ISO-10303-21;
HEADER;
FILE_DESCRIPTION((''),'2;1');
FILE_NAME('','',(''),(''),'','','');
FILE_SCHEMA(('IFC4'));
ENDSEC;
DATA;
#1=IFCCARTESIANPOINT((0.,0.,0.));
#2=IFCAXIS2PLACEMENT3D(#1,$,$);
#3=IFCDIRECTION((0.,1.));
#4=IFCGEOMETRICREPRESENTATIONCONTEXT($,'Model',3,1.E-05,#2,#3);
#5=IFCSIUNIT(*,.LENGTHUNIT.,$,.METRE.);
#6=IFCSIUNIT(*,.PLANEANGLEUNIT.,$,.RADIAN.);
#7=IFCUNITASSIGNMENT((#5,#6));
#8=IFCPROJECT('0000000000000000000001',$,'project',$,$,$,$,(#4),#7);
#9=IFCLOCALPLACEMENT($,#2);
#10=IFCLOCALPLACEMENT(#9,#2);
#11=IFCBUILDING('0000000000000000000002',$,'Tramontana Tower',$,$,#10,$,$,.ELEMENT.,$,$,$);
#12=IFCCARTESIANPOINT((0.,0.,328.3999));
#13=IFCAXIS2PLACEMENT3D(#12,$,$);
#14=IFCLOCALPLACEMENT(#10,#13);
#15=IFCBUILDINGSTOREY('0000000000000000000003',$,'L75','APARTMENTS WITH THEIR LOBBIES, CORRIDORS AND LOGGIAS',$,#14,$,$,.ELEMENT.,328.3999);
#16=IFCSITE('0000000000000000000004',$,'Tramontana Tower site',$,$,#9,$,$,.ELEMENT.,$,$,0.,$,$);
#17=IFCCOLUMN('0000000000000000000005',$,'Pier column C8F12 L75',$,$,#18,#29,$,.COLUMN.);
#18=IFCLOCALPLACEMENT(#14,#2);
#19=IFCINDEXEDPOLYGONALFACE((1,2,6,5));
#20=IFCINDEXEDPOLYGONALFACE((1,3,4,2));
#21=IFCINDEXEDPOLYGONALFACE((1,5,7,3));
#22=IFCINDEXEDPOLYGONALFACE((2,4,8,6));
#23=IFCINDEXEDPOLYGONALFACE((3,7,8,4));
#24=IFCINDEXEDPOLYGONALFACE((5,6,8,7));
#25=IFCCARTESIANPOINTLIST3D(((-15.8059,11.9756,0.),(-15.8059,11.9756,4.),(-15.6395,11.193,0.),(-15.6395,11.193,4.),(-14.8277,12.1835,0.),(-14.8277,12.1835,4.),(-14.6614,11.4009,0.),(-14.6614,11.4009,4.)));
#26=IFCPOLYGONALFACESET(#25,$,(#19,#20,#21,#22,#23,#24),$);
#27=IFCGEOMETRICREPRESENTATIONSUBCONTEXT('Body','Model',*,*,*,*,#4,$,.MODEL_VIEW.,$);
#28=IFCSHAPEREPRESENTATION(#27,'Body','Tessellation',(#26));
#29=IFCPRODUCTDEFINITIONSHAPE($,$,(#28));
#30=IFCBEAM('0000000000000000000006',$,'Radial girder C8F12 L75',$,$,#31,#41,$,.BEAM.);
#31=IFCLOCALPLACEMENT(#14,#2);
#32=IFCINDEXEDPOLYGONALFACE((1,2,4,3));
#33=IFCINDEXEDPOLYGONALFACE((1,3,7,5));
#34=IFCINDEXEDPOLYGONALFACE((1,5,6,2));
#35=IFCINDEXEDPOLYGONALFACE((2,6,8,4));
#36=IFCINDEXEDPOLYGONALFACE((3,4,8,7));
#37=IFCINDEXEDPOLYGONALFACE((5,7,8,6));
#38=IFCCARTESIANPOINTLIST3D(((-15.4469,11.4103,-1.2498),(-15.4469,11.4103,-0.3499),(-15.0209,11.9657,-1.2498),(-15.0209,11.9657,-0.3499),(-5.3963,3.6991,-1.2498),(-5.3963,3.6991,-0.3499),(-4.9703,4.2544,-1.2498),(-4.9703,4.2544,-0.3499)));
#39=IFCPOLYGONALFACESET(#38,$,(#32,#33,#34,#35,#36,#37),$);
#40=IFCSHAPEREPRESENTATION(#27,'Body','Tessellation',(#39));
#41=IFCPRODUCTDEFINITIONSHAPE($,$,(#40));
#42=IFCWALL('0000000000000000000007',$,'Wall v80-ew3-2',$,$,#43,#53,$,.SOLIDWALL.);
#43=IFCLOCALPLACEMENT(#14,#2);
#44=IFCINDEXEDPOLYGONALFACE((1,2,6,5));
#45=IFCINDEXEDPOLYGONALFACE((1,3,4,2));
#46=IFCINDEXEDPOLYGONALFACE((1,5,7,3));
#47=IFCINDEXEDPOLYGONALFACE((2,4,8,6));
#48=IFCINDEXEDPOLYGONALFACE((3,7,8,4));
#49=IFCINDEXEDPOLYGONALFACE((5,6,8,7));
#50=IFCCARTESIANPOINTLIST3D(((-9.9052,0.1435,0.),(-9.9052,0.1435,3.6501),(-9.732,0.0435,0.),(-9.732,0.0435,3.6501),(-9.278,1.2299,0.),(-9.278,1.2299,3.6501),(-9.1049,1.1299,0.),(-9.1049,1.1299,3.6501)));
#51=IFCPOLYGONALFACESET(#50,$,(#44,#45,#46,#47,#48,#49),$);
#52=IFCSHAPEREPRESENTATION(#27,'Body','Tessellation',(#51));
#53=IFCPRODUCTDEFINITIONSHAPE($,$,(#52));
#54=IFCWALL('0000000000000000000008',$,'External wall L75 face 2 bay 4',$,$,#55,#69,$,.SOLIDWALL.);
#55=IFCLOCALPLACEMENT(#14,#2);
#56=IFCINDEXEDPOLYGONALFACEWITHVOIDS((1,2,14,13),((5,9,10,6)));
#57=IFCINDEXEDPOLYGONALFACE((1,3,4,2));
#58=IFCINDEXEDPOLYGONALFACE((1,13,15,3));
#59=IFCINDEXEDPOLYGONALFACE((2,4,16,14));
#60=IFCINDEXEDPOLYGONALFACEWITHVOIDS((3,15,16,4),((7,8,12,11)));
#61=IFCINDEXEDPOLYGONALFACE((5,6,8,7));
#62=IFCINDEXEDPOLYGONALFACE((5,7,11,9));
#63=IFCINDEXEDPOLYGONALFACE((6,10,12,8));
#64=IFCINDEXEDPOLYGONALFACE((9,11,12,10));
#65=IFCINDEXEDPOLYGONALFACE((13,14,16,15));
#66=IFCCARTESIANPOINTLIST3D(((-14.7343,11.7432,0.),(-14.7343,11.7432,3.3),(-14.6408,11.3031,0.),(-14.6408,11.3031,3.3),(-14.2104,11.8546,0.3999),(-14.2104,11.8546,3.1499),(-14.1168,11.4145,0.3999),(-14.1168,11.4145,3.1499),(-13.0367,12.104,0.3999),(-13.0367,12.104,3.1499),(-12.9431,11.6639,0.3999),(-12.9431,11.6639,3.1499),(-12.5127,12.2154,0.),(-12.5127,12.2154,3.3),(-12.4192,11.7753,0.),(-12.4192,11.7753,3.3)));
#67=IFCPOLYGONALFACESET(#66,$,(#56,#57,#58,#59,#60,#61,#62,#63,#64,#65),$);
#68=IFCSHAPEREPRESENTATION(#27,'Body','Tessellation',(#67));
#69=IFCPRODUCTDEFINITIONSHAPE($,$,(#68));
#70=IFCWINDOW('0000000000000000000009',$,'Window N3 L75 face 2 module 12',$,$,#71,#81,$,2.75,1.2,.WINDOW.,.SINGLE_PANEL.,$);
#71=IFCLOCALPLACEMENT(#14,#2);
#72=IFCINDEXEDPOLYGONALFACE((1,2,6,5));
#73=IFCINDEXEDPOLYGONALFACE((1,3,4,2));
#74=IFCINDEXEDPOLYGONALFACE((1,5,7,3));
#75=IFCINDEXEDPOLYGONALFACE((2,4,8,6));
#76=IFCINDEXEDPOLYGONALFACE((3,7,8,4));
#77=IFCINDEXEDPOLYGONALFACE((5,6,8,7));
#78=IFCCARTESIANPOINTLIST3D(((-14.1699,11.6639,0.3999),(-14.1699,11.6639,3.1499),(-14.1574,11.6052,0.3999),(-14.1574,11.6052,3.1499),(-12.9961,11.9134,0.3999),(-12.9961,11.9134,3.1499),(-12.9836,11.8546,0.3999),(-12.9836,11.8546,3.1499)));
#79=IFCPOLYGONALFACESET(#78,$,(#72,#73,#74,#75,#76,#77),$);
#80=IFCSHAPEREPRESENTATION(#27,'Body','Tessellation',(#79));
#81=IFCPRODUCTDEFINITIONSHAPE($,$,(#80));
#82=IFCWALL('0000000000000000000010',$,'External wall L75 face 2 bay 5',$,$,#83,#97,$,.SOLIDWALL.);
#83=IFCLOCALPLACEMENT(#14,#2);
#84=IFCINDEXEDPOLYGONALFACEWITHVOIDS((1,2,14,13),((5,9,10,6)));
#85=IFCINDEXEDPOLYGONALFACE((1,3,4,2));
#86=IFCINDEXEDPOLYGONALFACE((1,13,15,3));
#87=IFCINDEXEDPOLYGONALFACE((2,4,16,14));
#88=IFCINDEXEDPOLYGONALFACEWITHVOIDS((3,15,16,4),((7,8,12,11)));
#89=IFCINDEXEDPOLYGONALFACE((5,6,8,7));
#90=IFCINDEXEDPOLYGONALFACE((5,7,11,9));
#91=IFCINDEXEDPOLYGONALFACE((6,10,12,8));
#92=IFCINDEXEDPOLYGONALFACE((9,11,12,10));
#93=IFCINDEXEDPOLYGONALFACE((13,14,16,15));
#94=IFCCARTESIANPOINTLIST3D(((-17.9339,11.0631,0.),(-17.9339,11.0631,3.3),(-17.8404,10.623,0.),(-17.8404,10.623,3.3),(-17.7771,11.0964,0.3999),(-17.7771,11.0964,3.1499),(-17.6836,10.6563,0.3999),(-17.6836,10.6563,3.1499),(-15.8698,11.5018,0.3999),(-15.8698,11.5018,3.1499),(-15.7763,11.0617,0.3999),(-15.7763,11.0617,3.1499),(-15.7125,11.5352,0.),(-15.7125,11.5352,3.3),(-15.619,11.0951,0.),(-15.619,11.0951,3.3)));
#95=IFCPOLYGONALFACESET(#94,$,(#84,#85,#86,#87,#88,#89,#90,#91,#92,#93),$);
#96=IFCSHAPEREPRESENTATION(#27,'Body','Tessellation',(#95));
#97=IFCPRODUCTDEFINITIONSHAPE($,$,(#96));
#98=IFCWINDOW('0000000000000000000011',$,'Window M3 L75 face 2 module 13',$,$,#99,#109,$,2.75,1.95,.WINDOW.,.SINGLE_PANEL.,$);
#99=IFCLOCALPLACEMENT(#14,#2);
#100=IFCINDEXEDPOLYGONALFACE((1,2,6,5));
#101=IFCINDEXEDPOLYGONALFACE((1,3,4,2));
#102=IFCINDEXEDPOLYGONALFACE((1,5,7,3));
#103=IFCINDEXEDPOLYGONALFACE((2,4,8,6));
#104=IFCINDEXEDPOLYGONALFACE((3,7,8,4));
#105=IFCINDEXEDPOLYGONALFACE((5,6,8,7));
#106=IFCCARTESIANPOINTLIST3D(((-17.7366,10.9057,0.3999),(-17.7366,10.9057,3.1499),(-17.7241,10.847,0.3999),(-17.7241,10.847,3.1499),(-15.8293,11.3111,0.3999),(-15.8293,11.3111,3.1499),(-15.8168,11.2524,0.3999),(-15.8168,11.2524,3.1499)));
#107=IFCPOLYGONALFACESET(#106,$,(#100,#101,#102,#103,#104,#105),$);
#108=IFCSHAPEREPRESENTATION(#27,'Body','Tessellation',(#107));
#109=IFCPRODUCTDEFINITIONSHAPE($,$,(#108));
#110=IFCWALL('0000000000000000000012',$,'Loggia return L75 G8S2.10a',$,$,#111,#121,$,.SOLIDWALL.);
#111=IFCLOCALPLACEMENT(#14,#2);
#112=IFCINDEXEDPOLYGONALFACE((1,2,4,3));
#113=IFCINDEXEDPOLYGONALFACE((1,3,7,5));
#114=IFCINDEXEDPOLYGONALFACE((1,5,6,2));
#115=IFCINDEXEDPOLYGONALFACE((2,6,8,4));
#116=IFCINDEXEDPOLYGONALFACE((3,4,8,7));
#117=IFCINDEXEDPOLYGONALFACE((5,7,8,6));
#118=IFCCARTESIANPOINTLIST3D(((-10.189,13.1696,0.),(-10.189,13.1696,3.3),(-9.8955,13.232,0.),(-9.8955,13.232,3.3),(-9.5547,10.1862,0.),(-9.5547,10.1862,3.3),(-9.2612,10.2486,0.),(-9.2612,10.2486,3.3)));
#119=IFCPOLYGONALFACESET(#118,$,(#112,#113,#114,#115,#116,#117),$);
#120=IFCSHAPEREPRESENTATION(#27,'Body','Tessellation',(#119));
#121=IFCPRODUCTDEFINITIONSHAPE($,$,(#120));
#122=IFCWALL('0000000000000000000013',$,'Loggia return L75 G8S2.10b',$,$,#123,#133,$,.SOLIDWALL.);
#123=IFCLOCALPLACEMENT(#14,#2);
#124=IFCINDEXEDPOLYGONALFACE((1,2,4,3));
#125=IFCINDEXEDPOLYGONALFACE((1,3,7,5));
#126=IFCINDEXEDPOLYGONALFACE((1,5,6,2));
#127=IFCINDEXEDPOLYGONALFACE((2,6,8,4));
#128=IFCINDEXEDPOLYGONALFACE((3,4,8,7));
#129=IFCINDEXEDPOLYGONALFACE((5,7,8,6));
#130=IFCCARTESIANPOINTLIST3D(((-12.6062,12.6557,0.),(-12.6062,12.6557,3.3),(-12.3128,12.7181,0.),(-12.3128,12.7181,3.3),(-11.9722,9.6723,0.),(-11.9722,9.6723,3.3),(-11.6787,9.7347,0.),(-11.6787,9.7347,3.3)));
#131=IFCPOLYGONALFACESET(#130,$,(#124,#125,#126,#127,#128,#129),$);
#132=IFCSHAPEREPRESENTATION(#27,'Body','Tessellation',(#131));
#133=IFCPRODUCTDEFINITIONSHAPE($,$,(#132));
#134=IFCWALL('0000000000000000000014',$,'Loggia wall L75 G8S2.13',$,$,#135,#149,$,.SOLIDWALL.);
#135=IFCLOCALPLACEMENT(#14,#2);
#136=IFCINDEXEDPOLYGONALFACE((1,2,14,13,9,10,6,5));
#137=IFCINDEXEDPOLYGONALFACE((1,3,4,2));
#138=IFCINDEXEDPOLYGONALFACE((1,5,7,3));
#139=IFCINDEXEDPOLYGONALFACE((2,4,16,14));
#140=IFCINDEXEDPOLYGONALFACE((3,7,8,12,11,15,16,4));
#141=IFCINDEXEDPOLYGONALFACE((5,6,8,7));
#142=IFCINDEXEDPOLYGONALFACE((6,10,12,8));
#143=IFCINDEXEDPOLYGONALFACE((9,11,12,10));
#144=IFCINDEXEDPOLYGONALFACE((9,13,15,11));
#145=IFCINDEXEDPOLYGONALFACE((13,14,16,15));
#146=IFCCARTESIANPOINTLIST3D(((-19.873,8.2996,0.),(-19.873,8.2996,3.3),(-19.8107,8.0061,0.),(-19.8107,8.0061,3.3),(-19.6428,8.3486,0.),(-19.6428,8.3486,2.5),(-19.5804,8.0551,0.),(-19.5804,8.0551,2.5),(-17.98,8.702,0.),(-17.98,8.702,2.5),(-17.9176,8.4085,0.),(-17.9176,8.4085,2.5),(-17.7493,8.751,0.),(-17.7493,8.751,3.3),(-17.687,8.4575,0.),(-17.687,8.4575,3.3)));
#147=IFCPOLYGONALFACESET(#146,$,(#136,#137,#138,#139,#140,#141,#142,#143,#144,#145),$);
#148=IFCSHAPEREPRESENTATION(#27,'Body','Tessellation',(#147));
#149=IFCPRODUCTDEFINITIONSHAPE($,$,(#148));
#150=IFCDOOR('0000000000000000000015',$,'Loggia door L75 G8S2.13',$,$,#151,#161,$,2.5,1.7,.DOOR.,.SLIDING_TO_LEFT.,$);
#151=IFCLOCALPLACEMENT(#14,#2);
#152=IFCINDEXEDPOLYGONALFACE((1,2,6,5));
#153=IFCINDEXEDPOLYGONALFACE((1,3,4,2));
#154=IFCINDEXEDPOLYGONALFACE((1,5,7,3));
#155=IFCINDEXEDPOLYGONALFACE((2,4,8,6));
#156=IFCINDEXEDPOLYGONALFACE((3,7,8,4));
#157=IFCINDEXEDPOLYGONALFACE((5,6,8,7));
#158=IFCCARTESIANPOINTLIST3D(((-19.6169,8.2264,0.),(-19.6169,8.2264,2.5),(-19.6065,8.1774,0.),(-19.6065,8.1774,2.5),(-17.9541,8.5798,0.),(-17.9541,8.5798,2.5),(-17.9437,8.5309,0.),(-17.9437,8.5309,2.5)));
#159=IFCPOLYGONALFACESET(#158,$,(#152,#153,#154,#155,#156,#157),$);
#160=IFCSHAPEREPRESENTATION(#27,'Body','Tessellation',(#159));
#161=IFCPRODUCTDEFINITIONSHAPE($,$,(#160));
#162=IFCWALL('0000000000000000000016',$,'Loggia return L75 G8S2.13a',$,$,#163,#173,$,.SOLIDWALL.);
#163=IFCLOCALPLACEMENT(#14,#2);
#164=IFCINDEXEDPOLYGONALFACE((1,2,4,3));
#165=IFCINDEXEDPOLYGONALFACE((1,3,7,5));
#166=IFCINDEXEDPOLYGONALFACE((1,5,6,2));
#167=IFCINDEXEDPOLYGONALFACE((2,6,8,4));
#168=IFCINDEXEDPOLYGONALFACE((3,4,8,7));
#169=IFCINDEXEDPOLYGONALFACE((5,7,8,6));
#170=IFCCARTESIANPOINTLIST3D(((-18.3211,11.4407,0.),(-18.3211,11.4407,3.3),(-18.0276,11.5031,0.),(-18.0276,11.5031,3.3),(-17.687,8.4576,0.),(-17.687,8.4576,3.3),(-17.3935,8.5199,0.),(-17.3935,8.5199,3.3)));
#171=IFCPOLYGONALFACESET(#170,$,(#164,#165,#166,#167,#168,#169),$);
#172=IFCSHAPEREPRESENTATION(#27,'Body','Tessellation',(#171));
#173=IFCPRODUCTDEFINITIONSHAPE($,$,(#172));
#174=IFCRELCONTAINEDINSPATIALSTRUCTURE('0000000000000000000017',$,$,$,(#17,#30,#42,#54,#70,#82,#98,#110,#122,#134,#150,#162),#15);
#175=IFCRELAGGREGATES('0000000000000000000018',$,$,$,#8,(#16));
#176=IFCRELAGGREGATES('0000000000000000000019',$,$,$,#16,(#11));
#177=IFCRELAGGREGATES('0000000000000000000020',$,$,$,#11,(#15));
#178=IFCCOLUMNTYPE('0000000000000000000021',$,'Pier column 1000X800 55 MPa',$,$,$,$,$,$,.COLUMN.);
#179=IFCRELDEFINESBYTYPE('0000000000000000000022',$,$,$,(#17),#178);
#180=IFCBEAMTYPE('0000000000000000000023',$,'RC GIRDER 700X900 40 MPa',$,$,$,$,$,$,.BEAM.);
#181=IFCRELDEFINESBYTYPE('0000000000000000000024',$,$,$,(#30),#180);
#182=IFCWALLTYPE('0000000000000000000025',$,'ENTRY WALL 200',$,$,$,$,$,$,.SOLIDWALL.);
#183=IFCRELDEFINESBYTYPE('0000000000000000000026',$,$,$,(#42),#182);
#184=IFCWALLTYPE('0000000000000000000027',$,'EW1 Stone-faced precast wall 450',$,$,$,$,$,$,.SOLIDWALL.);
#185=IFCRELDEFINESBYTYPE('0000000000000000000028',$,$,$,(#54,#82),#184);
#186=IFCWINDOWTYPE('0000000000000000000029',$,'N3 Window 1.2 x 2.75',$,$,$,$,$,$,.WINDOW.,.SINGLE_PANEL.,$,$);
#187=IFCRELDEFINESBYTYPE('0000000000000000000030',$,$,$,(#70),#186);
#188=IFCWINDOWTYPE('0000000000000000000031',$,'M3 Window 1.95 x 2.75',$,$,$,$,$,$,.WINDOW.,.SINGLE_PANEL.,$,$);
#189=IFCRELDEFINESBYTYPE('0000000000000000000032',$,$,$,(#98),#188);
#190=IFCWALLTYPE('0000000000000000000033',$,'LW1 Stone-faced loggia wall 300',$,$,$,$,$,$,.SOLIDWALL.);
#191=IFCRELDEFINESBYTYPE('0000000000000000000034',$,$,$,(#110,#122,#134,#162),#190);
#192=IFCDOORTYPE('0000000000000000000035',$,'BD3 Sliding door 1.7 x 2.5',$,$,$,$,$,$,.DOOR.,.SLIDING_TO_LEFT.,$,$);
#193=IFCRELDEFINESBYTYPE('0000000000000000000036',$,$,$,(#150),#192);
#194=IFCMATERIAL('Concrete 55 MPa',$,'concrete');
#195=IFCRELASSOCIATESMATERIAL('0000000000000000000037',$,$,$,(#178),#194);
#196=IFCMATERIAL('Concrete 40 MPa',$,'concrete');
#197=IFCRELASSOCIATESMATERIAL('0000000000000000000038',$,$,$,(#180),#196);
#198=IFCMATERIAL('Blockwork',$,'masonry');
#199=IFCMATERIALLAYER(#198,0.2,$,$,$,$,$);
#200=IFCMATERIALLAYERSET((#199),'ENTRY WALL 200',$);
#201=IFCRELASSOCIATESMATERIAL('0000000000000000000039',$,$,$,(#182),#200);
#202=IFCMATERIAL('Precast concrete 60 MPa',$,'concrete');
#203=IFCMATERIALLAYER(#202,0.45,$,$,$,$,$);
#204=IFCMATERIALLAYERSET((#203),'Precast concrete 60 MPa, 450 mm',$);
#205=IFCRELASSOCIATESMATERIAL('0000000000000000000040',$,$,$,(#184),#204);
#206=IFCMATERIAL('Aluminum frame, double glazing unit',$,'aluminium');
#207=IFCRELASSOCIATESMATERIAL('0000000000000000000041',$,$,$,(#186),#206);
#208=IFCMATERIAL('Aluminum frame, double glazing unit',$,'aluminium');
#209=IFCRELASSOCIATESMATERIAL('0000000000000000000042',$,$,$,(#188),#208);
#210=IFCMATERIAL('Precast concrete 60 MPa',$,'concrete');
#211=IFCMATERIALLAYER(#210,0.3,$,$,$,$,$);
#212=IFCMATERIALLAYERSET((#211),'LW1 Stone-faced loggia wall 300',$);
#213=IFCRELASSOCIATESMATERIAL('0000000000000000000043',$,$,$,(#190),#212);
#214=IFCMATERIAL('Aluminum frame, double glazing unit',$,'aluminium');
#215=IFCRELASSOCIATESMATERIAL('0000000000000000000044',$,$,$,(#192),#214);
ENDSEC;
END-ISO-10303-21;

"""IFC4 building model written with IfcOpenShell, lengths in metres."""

from ifc_helpers import new_model, si_unit, direction, frame, frame_2d, origin, origin_2d, place, context, subcontext, project, spatial, rectangle, extrude, material, layer, layer_set, material_profile, profile_set, type_object, element, fill, save


model = new_model("IFC4")

# Units and contexts
model_context = context("Model", 3, precision=1e-05, world=origin(), true_north=direction((0.0, 1.0)))
body_context = subcontext(model_context, "Body", "Model", "MODEL_VIEW")
ifc_project = project(units=[si_unit("LENGTHUNIT", "METRE"), si_unit("PLANEANGLEUNIT", "RADIAN")], contexts=[model_context])

# Site, building, storey
site_placement = place(None, origin())
site = spatial("IfcSite", under=ifc_project, at=site_placement, Name="Tramontana Tower site", CompositionType="ELEMENT", RefElevation=0.0)
building_placement = place(site_placement, origin())
building = spatial("IfcBuilding", under=site, at=building_placement, Name="Tramontana Tower", CompositionType="ELEMENT")
storey_placement = place(building_placement, frame((0.0, 0.0, 328.3999)))
storey = spatial("IfcBuildingStorey", under=building, at=storey_placement, Name="L75", Description="APARTMENTS WITH THEIR LOBBIES, CORRIDORS AND LOGGIAS", CompositionType="ELEMENT", Elevation=328.3999)

# Column
ifc_material_1 = material(Name="Concrete 55 MPa", Category="concrete")
ifc_material_profile_1 = material_profile(ifc_material_1, rectangle(XDim=1.0, YDim=0.8, at=origin_2d()), Name="Pier column 1000X800 55 MPa")
ifc_profile_set_1 = profile_set([ifc_material_profile_1], Name="Concrete 55 MPa")
column_type = type_object("IfcColumnType", Name="Pier column 1000X800 55 MPa", PredefinedType="COLUMN", material=ifc_profile_set_1)
column_placement = place(storey_placement, frame((-15.2336, 11.6882, 0.0), z_axis=(0.0, 0.0, 1.0), x_axis=(-0.978148, -0.207912, 0.0)))
element("IfcColumn", 1, at=column_placement, inside=storey, type_object=column_type, Name="Pier column C8F12 L75", PredefinedType="COLUMN", context=body_context, shape_type="SweptSolid", body=[
    extrude(rectangle(XDim=1.0, YDim=0.8, at=origin_2d()), origin(), (0.0, 0.0, 1.0), 4.0),
])

# Beam
ifc_material_2 = material(Name="Concrete 40 MPa", Category="concrete")
ifc_material_profile_2 = material_profile(ifc_material_2, rectangle(XDim=0.7, YDim=0.8999, at=origin_2d()), Name="RC GIRDER 700X900 40 MPa")
ifc_profile_set_2 = profile_set([ifc_material_profile_2], Name="Concrete 40 MPa")
beam_type = type_object("IfcBeamType", Name="RC GIRDER 700X900 40 MPa", PredefinedType="BEAM", material=ifc_profile_set_2)
beam_placement = place(storey_placement, frame((-15.2339, 11.688, -0.7998), z_axis=(0.793386, -0.608718, 0.0), x_axis=(0.608718, 0.793386, 0.0)))
element("IfcBeam", 2, at=beam_placement, inside=storey, type_object=beam_type, Name="Radial girder C8F12 L75", PredefinedType="BEAM", context=body_context, shape_type="SweptSolid", body=[
    extrude(rectangle(XDim=0.7, YDim=0.8999, at=origin_2d()), origin(), (0.0, 0.0, 1.0), 12.668),
])

# Wall
ifc_material_3 = material(Name="Blockwork", Category="masonry")
ifc_layer_1 = layer(ifc_material_3, 0.2)
ifc_layer_set_1 = layer_set([ifc_layer_1], Name="ENTRY WALL 200")
wall_type_1 = type_object("IfcWallType", Name="ENTRY WALL 200", PredefinedType="SOLIDWALL", material=ifc_layer_set_1)
wall_1_placement = place(storey_placement, frame((-9.8186, 0.0935, 0.0), z_axis=(0.0, 0.0, 1.0), x_axis=(0.49997, 0.866043, 0.0)))
element("IfcWall", 3, at=wall_1_placement, inside=storey, type_object=wall_type_1, Name="Wall v80-ew3-2", PredefinedType="SOLIDWALL", context=body_context, shape_type="SweptSolid", body=[
    extrude(rectangle(XDim=1.2544, YDim=0.2, at=frame_2d((0.6272, 0.0))), origin(), (0.0, 0.0, 1.0), 3.6501),
])

# Walls, openings, windows
ifc_material_4 = material(Name="Precast concrete 60 MPa", Category="concrete")
ifc_layer_2 = layer(ifc_material_4, 0.45)
ifc_layer_set_2 = layer_set([ifc_layer_2], Name="Precast concrete 60 MPa, 450 mm")
wall_type_2 = type_object("IfcWallType", Name="EW1 Stone-faced precast wall 450", PredefinedType="SOLIDWALL", material=ifc_layer_set_2)
wall_2_placement = place(storey_placement, frame((-12.4658, 11.9954, 0.0), z_axis=(0.0, 0.0, 1.0), x_axis=(-0.978153, -0.207884, 0.0)))
wall_2 = element("IfcWall", 4, at=wall_2_placement, inside=storey, type_object=wall_type_2, Name="External wall L75 face 2 bay 4", PredefinedType="SOLIDWALL", context=body_context, shape_type="SweptSolid", body=[
    extrude(rectangle(XDim=2.2712, YDim=0.45, at=frame_2d((1.1357, 0.0))), origin(), (0.0, 0.0, 1.0), 3.3),
])
opening_1_placement = place(wall_2_placement, frame((0.5356, 0.0, 0.3999)))
opening_1 = element("IfcOpeningElement", 5, at=opening_1_placement, cuts=wall_2, PredefinedType="OPENING", context=body_context, shape_type="SweptSolid", body=[
    extrude(rectangle(XDim=1.2, YDim=2.75, at=frame_2d((0.6001, 1.375))), frame((0.0, 0.2349, 0.0), z_axis=(0.0, -1.0, 0.0), x_axis=(1.0, 0.0, 0.0)), (0.0, 0.0, 1.0), 0.47),
])
ifc_material_5 = material(Name="Aluminum frame, double glazing unit", Category="aluminium")
window_type_1 = type_object("IfcWindowType", Name="N3 Window 1.2 x 2.75", PartitioningType="SINGLE_PANEL", PredefinedType="WINDOW", material=ifc_material_5)
window_1_placement = place(opening_1_placement, origin())
window_1 = element("IfcWindow", 6, at=window_1_placement, inside=storey, type_object=window_type_1, Name="Window N3 L75 face 2 module 12", OverallHeight=2.75, OverallWidth=1.2, PartitioningType="SINGLE_PANEL", PredefinedType="WINDOW", context=body_context, shape_type="SweptSolid", body=[
    extrude(rectangle(XDim=1.2, YDim=2.75, at=frame_2d((0.6001, 1.375))), frame((0.0, 0.03, 0.0), z_axis=(0.0, -1.0, 0.0), x_axis=(1.0, 0.0, 0.0)), (0.0, 0.0, 1.0), 0.0601),
])
fill(opening_1, window_1)
wall_3_placement = place(storey_placement, frame((-15.6658, 11.3152, 0.0), z_axis=(0.0, 0.0, 1.0), x_axis=(-0.978149, -0.207906, 0.0)))
wall_3 = element("IfcWall", 7, at=wall_3_placement, inside=storey, type_object=wall_type_2, Name="External wall L75 face 2 bay 5", PredefinedType="SOLIDWALL", context=body_context, shape_type="SweptSolid", body=[
    extrude(rectangle(XDim=2.271, YDim=0.45, at=frame_2d((1.1355, 0.0))), origin(), (0.0, 0.0, 1.0), 3.3),
])
opening_2_placement = place(wall_3_placement, frame((0.1606, 0.0, 0.3999)))
opening_2 = element("IfcOpeningElement", 8, at=opening_2_placement, cuts=wall_3, PredefinedType="OPENING", context=body_context, shape_type="SweptSolid", body=[
    extrude(rectangle(XDim=1.95, YDim=2.75, at=frame_2d((0.9751, 1.375))), frame((0.0, 0.2349, 0.0), z_axis=(0.0, -1.0, 0.0), x_axis=(1.0, 0.0, 0.0)), (0.0, 0.0, 1.0), 0.47),
])
ifc_material_6 = material(Name="Aluminum frame, double glazing unit", Category="aluminium")
window_type_2 = type_object("IfcWindowType", Name="M3 Window 1.95 x 2.75", PartitioningType="SINGLE_PANEL", PredefinedType="WINDOW", material=ifc_material_6)
window_2_placement = place(opening_2_placement, origin())
window_2 = element("IfcWindow", 9, at=window_2_placement, inside=storey, type_object=window_type_2, Name="Window M3 L75 face 2 module 13", OverallHeight=2.75, OverallWidth=1.95, PartitioningType="SINGLE_PANEL", PredefinedType="WINDOW", context=body_context, shape_type="SweptSolid", body=[
    extrude(rectangle(XDim=1.95, YDim=2.75, at=frame_2d((0.9751, 1.375))), frame((0.0, 0.03, 0.0), z_axis=(0.0, -1.0, 0.0), x_axis=(1.0, 0.0, 0.0)), (0.0, 0.0, 1.0), 0.0601),
])
fill(opening_2, window_2)

# Walls
ifc_material_7 = material(Name="Precast concrete 60 MPa", Category="concrete")
ifc_layer_3 = layer(ifc_material_7, 0.3)
ifc_layer_set_3 = layer_set([ifc_layer_3], Name="LW1 Stone-faced loggia wall 300")
wall_type_3 = type_object("IfcWallType", Name="LW1 Stone-faced loggia wall 300", PredefinedType="SOLIDWALL", material=ifc_layer_set_3)
for number, where, z_axis, x_axis, name in (
    (10, (-10.0422, 13.2007, 0.0), (0.0, 0.0, 1.0), (0.207954, -0.978139, 0.0), "Loggia return L75 G8S2.10a"),
    (11, (-12.4595, 12.6868, 0.0), (0.0, 0.0, 1.0), (0.207878, -0.978155, 0.0), "Loggia return L75 G8S2.10b"),
):
    element("IfcWall", number, at=place(storey_placement, frame(where, z_axis=z_axis, x_axis=x_axis)), inside=storey, type_object=wall_type_3, Name=name, PredefinedType="SOLIDWALL", context=body_context, shape_type="SweptSolid", body=[
        extrude(rectangle(XDim=3.05, YDim=0.3, at=frame_2d((1.5249, 0.0))), origin(), (0.0, 0.0, 1.0), 3.3),
    ])

# Wall, opening, door
wall_4_placement = place(storey_placement, frame((-17.7183, 8.6042, 0.0), z_axis=(0.0, 0.0, 1.0), x_axis=(-0.978148, -0.207909, 0.0)))
wall_4 = element("IfcWall", 12, at=wall_4_placement, inside=storey, type_object=wall_type_3, Name="Loggia wall L75 G8S2.13", PredefinedType="SOLIDWALL", context=body_context, shape_type="SweptSolid", body=[
    extrude(rectangle(XDim=2.1711, YDim=0.3, at=frame_2d((1.0854, 0.0))), origin(), (0.0, 0.0, 1.0), 3.3),
])
opening_3_placement = place(wall_4_placement, frame((0.2356, 0.0, 0.0)))
opening_3 = element("IfcOpeningElement", 13, at=opening_3_placement, cuts=wall_4, PredefinedType="OPENING", context=body_context, shape_type="SweptSolid", body=[
    extrude(rectangle(XDim=1.7, YDim=2.5, at=frame_2d((0.8501, 1.25))), frame((0.0, 0.1599, 0.0), z_axis=(0.0, -1.0, 0.0), x_axis=(1.0, 0.0, 0.0)), (0.0, 0.0, 1.0), 0.3201),
])
ifc_material_8 = material(Name="Aluminum frame, double glazing unit", Category="aluminium")
door_type_1 = type_object("IfcDoorType", Name="BD3 Sliding door 1.7 x 2.5", OperationType="SLIDING_TO_LEFT", PredefinedType="DOOR", material=ifc_material_8)
door_1_placement = place(opening_3_placement, origin())
door_1 = element("IfcDoor", 14, at=door_1_placement, inside=storey, type_object=door_type_1, Name="Loggia door L75 G8S2.13", OperationType="SLIDING_TO_LEFT", OverallHeight=2.5, OverallWidth=1.7, PredefinedType="DOOR", context=body_context, shape_type="SweptSolid", body=[
    extrude(rectangle(XDim=1.7, YDim=2.5, at=frame_2d((0.8501, 1.25))), frame((0.0, 0.0249, 0.0), z_axis=(0.0, -1.0, 0.0), x_axis=(1.0, 0.0, 0.0)), (0.0, 0.0, 1.0), 0.05),
])
fill(opening_3, door_1)

# Wall
wall_5_placement = place(storey_placement, frame((-18.1743, 11.4719, 0.0), z_axis=(0.0, 0.0, 1.0), x_axis=(0.207894, -0.978151, 0.0)))
element("IfcWall", 15, at=wall_5_placement, inside=storey, type_object=wall_type_3, Name="Loggia return L75 G8S2.13a", PredefinedType="SOLIDWALL", context=body_context, shape_type="SweptSolid", body=[
    extrude(rectangle(XDim=3.0498, YDim=0.3, at=frame_2d((1.5249, 0.0))), origin(), (0.0, 0.0, 1.0), 3.3),
])

save(model, "model.ifc")
